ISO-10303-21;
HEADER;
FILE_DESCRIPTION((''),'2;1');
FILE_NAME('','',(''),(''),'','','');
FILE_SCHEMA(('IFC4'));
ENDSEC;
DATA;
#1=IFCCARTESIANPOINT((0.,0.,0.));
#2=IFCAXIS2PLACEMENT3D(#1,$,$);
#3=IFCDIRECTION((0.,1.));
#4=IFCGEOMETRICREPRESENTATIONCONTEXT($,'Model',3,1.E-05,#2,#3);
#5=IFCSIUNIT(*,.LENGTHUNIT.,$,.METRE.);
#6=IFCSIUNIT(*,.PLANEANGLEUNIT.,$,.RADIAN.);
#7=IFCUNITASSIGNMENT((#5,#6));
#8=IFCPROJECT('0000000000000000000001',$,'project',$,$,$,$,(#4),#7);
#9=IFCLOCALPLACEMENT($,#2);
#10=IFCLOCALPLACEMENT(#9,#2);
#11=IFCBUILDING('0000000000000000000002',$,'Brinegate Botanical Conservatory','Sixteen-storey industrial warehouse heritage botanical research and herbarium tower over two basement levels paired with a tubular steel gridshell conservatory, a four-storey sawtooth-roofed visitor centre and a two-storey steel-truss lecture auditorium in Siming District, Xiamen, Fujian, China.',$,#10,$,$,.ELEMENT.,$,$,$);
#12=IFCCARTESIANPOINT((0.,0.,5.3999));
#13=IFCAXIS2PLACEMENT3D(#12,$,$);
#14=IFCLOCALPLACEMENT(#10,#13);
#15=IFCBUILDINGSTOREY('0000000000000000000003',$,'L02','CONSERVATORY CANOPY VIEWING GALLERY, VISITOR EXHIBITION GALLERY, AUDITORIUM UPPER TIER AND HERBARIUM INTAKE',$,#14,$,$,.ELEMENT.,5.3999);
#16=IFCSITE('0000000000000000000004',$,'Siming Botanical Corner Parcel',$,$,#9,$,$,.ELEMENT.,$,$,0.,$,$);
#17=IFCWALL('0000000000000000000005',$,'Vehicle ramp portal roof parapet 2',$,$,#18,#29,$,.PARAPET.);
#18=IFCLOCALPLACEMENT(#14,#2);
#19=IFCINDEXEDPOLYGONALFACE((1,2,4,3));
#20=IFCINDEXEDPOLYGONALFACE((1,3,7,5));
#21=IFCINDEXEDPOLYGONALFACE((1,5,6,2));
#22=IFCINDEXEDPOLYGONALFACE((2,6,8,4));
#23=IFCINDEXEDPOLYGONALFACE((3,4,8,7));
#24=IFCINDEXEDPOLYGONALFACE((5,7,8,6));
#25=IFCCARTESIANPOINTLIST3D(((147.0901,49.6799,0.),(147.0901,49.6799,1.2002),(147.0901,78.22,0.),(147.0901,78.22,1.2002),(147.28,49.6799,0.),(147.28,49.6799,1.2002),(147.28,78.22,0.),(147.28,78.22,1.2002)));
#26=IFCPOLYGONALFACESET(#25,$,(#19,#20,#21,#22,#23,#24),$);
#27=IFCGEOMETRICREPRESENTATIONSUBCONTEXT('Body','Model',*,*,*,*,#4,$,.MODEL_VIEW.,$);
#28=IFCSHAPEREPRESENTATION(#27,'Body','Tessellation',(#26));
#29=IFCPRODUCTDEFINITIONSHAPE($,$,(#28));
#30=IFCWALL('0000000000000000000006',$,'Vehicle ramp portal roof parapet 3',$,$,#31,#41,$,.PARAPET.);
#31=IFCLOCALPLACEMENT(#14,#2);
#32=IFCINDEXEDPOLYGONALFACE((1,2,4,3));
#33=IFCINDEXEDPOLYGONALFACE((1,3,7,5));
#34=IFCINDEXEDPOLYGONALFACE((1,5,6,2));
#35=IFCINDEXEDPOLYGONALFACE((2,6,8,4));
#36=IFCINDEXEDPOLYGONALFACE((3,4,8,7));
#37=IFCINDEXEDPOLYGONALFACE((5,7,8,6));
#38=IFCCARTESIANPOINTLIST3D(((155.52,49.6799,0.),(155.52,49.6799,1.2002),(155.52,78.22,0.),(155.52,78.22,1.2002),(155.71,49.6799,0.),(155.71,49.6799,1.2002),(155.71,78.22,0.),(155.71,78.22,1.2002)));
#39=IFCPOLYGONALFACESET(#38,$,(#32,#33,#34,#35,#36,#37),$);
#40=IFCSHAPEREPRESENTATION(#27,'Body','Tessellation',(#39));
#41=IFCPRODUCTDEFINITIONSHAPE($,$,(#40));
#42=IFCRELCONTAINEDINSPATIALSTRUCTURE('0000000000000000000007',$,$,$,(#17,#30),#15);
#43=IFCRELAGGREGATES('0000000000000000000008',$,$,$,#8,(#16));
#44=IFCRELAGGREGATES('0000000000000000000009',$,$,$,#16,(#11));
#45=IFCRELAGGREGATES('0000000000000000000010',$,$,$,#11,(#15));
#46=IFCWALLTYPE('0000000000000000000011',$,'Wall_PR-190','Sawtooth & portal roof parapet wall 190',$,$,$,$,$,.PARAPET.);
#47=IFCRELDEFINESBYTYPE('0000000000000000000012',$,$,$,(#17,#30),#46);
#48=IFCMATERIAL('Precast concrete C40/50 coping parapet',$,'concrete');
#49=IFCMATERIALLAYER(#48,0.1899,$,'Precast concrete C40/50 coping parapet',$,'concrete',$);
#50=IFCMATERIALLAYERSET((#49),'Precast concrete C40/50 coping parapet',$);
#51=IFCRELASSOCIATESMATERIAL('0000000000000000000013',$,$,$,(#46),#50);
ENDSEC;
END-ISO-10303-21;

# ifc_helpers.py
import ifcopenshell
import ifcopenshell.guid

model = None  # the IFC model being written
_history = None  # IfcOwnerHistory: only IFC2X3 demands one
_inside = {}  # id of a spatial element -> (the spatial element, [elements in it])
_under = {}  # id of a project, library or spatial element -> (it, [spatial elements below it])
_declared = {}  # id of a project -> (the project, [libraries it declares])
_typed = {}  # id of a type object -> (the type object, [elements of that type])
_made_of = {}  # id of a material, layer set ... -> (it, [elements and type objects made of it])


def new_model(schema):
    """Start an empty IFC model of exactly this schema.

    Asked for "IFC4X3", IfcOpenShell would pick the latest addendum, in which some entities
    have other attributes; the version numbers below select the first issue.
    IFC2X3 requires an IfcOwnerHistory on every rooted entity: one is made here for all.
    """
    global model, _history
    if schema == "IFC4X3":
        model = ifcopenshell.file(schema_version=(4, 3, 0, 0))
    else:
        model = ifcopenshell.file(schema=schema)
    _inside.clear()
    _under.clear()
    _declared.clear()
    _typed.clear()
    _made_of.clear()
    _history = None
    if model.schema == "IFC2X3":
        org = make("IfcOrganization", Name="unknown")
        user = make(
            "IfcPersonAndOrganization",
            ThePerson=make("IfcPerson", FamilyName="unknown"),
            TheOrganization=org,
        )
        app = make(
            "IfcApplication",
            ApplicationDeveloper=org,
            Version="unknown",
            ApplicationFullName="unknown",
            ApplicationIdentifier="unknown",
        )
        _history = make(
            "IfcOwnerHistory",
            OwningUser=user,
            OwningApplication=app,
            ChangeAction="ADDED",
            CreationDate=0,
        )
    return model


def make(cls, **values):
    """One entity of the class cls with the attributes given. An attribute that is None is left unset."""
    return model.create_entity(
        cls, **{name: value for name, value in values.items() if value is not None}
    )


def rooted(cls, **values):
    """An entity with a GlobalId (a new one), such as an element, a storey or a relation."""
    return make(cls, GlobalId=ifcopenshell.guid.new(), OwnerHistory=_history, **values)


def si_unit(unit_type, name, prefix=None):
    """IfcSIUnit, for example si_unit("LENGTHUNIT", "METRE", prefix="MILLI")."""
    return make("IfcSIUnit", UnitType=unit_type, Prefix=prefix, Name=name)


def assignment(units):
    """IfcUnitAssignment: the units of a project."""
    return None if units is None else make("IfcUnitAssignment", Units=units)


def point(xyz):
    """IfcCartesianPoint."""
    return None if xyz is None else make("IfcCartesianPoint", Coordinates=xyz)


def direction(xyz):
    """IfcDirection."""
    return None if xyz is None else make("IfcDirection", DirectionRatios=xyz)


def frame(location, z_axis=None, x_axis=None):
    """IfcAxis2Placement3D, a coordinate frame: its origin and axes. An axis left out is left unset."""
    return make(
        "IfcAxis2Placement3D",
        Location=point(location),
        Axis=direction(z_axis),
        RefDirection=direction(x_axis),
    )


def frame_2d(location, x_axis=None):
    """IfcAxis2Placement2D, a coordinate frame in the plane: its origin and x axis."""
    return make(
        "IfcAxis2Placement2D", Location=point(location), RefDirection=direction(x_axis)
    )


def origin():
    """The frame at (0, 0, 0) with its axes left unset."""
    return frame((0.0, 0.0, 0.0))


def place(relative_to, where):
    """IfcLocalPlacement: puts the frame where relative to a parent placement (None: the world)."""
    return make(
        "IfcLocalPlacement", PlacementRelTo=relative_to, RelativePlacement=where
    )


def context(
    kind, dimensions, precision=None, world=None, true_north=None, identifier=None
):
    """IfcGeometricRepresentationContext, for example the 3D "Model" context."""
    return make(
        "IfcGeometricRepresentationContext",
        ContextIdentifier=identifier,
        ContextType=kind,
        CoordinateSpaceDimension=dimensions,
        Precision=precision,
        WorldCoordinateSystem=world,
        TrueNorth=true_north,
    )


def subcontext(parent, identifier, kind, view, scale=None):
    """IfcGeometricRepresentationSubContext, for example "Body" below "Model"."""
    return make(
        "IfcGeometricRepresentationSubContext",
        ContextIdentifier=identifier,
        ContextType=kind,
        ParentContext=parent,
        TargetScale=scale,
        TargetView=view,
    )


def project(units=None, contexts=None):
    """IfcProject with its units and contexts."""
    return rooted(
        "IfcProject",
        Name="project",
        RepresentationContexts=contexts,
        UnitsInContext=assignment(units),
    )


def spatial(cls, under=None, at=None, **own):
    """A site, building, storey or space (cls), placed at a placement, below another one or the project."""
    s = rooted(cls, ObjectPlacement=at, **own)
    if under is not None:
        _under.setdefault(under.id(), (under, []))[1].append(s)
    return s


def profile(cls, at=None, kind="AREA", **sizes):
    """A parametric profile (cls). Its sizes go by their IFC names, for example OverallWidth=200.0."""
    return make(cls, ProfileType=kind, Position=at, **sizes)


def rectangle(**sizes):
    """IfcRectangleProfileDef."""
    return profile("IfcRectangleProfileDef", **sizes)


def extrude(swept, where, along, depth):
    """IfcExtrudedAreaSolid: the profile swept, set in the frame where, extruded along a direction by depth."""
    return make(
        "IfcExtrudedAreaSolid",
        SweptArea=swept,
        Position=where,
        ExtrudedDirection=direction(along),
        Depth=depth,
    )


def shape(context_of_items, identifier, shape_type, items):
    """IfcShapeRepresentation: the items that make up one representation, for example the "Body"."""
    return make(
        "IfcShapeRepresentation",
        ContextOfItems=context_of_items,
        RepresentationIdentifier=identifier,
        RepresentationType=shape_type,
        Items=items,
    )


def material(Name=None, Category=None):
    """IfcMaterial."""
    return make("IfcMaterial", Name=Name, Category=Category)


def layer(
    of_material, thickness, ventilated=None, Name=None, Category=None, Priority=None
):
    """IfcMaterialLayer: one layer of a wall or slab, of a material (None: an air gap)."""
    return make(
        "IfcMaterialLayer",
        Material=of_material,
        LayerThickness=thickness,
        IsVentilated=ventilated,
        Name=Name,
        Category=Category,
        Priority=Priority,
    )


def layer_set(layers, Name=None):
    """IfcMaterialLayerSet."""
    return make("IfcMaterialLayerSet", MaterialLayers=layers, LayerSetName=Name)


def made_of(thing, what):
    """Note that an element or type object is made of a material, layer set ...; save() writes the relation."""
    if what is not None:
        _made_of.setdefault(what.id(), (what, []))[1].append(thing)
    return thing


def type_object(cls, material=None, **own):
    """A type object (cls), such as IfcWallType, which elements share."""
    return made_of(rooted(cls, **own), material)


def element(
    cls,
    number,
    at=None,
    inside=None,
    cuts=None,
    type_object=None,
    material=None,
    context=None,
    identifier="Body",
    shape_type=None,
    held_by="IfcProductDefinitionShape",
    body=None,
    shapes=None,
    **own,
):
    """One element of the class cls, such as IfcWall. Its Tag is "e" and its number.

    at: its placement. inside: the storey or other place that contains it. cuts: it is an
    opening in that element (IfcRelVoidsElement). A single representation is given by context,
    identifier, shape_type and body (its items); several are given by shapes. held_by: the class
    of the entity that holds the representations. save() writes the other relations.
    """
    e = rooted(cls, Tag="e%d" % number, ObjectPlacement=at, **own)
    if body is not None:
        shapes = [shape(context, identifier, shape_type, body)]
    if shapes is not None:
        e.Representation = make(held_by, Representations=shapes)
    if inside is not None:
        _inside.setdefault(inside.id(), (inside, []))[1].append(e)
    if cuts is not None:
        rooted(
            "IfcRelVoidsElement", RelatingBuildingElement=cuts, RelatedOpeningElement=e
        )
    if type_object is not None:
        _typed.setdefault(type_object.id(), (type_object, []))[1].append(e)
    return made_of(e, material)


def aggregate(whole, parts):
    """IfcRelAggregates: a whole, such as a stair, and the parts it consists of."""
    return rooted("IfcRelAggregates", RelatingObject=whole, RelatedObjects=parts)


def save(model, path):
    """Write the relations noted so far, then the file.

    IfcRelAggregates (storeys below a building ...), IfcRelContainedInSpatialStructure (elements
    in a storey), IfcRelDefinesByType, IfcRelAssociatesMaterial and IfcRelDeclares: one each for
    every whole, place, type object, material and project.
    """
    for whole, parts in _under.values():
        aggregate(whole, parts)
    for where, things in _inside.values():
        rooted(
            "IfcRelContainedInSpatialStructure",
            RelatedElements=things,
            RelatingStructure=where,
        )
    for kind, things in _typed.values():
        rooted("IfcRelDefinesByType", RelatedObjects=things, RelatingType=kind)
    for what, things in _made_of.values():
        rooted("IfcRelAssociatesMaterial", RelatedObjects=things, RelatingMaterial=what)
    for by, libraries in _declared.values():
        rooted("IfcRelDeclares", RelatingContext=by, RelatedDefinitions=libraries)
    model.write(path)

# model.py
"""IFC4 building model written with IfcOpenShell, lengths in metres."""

from ifc_helpers import new_model, si_unit, direction, frame, frame_2d, origin, place, context, subcontext, project, spatial, rectangle, extrude, material, layer, layer_set, type_object, element, save


model = new_model("IFC4")

# Units and contexts
model_context = context("Model", 3, precision=1e-05, world=origin(), true_north=direction((0.0, 1.0)))
body_context = subcontext(model_context, "Body", "Model", "MODEL_VIEW")
ifc_project = project(units=[si_unit("LENGTHUNIT", "METRE"), si_unit("PLANEANGLEUNIT", "RADIAN")], contexts=[model_context])

# Site, building, storey
site_placement = place(None, origin())
site = spatial("IfcSite", under=ifc_project, at=site_placement, Name="Siming Botanical Corner Parcel", CompositionType="ELEMENT", RefElevation=0.0)
building_placement = place(site_placement, origin())
building = spatial("IfcBuilding", under=site, at=building_placement, Name="Brinegate Botanical Conservatory", Description="Sixteen-storey industrial warehouse heritage botanical research and herbarium tower over two basement levels paired with a tubular steel gridshell conservatory, a four-storey sawtooth-roofed visitor centre and a two-storey steel-truss lecture auditorium in Siming District, Xiamen, Fujian, China.", CompositionType="ELEMENT")
storey_placement = place(building_placement, frame((0.0, 0.0, 5.3999)))
storey = spatial("IfcBuildingStorey", under=building, at=storey_placement, Name="L02", Description="CONSERVATORY CANOPY VIEWING GALLERY, VISITOR EXHIBITION GALLERY, AUDITORIUM UPPER TIER AND HERBARIUM INTAKE", CompositionType="ELEMENT", Elevation=5.3999)

# Walls
ifc_material_1 = material(Name="Precast concrete C40/50 coping parapet", Category="concrete")
ifc_layer_1 = layer(ifc_material_1, 0.1899, Name="Precast concrete C40/50 coping parapet", Category="concrete")
ifc_layer_set_1 = layer_set([ifc_layer_1], Name="Precast concrete C40/50 coping parapet")
wall_type_1 = type_object("IfcWallType", Name="Wall_PR-190", Description="Sawtooth & portal roof parapet wall 190", PredefinedType="PARAPET", material=ifc_layer_set_1)
for number, where, z_axis, x_axis, name in (
    (1, (147.1851, 49.6799, 0.0), (0.0, 0.0, 1.0), (0.0, 1.0, 0.0), "Vehicle ramp portal roof parapet 2"),
    (2, (155.615, 78.22, 0.0), (0.0, 0.0, 1.0), (0.0, -1.0, 0.0), "Vehicle ramp portal roof parapet 3"),
):
    element("IfcWall", number, at=place(storey_placement, frame(where, z_axis=z_axis, x_axis=x_axis)), inside=storey, type_object=wall_type_1, Name=name, PredefinedType="PARAPET", context=body_context, shape_type="SweptSolid", body=[
        extrude(rectangle(XDim=28.54, YDim=0.1899, at=frame_2d((14.27, 0.0))), origin(), (0.0, 0.0, 1.0), 1.2002),
    ])

save(model, "model.ifc")
